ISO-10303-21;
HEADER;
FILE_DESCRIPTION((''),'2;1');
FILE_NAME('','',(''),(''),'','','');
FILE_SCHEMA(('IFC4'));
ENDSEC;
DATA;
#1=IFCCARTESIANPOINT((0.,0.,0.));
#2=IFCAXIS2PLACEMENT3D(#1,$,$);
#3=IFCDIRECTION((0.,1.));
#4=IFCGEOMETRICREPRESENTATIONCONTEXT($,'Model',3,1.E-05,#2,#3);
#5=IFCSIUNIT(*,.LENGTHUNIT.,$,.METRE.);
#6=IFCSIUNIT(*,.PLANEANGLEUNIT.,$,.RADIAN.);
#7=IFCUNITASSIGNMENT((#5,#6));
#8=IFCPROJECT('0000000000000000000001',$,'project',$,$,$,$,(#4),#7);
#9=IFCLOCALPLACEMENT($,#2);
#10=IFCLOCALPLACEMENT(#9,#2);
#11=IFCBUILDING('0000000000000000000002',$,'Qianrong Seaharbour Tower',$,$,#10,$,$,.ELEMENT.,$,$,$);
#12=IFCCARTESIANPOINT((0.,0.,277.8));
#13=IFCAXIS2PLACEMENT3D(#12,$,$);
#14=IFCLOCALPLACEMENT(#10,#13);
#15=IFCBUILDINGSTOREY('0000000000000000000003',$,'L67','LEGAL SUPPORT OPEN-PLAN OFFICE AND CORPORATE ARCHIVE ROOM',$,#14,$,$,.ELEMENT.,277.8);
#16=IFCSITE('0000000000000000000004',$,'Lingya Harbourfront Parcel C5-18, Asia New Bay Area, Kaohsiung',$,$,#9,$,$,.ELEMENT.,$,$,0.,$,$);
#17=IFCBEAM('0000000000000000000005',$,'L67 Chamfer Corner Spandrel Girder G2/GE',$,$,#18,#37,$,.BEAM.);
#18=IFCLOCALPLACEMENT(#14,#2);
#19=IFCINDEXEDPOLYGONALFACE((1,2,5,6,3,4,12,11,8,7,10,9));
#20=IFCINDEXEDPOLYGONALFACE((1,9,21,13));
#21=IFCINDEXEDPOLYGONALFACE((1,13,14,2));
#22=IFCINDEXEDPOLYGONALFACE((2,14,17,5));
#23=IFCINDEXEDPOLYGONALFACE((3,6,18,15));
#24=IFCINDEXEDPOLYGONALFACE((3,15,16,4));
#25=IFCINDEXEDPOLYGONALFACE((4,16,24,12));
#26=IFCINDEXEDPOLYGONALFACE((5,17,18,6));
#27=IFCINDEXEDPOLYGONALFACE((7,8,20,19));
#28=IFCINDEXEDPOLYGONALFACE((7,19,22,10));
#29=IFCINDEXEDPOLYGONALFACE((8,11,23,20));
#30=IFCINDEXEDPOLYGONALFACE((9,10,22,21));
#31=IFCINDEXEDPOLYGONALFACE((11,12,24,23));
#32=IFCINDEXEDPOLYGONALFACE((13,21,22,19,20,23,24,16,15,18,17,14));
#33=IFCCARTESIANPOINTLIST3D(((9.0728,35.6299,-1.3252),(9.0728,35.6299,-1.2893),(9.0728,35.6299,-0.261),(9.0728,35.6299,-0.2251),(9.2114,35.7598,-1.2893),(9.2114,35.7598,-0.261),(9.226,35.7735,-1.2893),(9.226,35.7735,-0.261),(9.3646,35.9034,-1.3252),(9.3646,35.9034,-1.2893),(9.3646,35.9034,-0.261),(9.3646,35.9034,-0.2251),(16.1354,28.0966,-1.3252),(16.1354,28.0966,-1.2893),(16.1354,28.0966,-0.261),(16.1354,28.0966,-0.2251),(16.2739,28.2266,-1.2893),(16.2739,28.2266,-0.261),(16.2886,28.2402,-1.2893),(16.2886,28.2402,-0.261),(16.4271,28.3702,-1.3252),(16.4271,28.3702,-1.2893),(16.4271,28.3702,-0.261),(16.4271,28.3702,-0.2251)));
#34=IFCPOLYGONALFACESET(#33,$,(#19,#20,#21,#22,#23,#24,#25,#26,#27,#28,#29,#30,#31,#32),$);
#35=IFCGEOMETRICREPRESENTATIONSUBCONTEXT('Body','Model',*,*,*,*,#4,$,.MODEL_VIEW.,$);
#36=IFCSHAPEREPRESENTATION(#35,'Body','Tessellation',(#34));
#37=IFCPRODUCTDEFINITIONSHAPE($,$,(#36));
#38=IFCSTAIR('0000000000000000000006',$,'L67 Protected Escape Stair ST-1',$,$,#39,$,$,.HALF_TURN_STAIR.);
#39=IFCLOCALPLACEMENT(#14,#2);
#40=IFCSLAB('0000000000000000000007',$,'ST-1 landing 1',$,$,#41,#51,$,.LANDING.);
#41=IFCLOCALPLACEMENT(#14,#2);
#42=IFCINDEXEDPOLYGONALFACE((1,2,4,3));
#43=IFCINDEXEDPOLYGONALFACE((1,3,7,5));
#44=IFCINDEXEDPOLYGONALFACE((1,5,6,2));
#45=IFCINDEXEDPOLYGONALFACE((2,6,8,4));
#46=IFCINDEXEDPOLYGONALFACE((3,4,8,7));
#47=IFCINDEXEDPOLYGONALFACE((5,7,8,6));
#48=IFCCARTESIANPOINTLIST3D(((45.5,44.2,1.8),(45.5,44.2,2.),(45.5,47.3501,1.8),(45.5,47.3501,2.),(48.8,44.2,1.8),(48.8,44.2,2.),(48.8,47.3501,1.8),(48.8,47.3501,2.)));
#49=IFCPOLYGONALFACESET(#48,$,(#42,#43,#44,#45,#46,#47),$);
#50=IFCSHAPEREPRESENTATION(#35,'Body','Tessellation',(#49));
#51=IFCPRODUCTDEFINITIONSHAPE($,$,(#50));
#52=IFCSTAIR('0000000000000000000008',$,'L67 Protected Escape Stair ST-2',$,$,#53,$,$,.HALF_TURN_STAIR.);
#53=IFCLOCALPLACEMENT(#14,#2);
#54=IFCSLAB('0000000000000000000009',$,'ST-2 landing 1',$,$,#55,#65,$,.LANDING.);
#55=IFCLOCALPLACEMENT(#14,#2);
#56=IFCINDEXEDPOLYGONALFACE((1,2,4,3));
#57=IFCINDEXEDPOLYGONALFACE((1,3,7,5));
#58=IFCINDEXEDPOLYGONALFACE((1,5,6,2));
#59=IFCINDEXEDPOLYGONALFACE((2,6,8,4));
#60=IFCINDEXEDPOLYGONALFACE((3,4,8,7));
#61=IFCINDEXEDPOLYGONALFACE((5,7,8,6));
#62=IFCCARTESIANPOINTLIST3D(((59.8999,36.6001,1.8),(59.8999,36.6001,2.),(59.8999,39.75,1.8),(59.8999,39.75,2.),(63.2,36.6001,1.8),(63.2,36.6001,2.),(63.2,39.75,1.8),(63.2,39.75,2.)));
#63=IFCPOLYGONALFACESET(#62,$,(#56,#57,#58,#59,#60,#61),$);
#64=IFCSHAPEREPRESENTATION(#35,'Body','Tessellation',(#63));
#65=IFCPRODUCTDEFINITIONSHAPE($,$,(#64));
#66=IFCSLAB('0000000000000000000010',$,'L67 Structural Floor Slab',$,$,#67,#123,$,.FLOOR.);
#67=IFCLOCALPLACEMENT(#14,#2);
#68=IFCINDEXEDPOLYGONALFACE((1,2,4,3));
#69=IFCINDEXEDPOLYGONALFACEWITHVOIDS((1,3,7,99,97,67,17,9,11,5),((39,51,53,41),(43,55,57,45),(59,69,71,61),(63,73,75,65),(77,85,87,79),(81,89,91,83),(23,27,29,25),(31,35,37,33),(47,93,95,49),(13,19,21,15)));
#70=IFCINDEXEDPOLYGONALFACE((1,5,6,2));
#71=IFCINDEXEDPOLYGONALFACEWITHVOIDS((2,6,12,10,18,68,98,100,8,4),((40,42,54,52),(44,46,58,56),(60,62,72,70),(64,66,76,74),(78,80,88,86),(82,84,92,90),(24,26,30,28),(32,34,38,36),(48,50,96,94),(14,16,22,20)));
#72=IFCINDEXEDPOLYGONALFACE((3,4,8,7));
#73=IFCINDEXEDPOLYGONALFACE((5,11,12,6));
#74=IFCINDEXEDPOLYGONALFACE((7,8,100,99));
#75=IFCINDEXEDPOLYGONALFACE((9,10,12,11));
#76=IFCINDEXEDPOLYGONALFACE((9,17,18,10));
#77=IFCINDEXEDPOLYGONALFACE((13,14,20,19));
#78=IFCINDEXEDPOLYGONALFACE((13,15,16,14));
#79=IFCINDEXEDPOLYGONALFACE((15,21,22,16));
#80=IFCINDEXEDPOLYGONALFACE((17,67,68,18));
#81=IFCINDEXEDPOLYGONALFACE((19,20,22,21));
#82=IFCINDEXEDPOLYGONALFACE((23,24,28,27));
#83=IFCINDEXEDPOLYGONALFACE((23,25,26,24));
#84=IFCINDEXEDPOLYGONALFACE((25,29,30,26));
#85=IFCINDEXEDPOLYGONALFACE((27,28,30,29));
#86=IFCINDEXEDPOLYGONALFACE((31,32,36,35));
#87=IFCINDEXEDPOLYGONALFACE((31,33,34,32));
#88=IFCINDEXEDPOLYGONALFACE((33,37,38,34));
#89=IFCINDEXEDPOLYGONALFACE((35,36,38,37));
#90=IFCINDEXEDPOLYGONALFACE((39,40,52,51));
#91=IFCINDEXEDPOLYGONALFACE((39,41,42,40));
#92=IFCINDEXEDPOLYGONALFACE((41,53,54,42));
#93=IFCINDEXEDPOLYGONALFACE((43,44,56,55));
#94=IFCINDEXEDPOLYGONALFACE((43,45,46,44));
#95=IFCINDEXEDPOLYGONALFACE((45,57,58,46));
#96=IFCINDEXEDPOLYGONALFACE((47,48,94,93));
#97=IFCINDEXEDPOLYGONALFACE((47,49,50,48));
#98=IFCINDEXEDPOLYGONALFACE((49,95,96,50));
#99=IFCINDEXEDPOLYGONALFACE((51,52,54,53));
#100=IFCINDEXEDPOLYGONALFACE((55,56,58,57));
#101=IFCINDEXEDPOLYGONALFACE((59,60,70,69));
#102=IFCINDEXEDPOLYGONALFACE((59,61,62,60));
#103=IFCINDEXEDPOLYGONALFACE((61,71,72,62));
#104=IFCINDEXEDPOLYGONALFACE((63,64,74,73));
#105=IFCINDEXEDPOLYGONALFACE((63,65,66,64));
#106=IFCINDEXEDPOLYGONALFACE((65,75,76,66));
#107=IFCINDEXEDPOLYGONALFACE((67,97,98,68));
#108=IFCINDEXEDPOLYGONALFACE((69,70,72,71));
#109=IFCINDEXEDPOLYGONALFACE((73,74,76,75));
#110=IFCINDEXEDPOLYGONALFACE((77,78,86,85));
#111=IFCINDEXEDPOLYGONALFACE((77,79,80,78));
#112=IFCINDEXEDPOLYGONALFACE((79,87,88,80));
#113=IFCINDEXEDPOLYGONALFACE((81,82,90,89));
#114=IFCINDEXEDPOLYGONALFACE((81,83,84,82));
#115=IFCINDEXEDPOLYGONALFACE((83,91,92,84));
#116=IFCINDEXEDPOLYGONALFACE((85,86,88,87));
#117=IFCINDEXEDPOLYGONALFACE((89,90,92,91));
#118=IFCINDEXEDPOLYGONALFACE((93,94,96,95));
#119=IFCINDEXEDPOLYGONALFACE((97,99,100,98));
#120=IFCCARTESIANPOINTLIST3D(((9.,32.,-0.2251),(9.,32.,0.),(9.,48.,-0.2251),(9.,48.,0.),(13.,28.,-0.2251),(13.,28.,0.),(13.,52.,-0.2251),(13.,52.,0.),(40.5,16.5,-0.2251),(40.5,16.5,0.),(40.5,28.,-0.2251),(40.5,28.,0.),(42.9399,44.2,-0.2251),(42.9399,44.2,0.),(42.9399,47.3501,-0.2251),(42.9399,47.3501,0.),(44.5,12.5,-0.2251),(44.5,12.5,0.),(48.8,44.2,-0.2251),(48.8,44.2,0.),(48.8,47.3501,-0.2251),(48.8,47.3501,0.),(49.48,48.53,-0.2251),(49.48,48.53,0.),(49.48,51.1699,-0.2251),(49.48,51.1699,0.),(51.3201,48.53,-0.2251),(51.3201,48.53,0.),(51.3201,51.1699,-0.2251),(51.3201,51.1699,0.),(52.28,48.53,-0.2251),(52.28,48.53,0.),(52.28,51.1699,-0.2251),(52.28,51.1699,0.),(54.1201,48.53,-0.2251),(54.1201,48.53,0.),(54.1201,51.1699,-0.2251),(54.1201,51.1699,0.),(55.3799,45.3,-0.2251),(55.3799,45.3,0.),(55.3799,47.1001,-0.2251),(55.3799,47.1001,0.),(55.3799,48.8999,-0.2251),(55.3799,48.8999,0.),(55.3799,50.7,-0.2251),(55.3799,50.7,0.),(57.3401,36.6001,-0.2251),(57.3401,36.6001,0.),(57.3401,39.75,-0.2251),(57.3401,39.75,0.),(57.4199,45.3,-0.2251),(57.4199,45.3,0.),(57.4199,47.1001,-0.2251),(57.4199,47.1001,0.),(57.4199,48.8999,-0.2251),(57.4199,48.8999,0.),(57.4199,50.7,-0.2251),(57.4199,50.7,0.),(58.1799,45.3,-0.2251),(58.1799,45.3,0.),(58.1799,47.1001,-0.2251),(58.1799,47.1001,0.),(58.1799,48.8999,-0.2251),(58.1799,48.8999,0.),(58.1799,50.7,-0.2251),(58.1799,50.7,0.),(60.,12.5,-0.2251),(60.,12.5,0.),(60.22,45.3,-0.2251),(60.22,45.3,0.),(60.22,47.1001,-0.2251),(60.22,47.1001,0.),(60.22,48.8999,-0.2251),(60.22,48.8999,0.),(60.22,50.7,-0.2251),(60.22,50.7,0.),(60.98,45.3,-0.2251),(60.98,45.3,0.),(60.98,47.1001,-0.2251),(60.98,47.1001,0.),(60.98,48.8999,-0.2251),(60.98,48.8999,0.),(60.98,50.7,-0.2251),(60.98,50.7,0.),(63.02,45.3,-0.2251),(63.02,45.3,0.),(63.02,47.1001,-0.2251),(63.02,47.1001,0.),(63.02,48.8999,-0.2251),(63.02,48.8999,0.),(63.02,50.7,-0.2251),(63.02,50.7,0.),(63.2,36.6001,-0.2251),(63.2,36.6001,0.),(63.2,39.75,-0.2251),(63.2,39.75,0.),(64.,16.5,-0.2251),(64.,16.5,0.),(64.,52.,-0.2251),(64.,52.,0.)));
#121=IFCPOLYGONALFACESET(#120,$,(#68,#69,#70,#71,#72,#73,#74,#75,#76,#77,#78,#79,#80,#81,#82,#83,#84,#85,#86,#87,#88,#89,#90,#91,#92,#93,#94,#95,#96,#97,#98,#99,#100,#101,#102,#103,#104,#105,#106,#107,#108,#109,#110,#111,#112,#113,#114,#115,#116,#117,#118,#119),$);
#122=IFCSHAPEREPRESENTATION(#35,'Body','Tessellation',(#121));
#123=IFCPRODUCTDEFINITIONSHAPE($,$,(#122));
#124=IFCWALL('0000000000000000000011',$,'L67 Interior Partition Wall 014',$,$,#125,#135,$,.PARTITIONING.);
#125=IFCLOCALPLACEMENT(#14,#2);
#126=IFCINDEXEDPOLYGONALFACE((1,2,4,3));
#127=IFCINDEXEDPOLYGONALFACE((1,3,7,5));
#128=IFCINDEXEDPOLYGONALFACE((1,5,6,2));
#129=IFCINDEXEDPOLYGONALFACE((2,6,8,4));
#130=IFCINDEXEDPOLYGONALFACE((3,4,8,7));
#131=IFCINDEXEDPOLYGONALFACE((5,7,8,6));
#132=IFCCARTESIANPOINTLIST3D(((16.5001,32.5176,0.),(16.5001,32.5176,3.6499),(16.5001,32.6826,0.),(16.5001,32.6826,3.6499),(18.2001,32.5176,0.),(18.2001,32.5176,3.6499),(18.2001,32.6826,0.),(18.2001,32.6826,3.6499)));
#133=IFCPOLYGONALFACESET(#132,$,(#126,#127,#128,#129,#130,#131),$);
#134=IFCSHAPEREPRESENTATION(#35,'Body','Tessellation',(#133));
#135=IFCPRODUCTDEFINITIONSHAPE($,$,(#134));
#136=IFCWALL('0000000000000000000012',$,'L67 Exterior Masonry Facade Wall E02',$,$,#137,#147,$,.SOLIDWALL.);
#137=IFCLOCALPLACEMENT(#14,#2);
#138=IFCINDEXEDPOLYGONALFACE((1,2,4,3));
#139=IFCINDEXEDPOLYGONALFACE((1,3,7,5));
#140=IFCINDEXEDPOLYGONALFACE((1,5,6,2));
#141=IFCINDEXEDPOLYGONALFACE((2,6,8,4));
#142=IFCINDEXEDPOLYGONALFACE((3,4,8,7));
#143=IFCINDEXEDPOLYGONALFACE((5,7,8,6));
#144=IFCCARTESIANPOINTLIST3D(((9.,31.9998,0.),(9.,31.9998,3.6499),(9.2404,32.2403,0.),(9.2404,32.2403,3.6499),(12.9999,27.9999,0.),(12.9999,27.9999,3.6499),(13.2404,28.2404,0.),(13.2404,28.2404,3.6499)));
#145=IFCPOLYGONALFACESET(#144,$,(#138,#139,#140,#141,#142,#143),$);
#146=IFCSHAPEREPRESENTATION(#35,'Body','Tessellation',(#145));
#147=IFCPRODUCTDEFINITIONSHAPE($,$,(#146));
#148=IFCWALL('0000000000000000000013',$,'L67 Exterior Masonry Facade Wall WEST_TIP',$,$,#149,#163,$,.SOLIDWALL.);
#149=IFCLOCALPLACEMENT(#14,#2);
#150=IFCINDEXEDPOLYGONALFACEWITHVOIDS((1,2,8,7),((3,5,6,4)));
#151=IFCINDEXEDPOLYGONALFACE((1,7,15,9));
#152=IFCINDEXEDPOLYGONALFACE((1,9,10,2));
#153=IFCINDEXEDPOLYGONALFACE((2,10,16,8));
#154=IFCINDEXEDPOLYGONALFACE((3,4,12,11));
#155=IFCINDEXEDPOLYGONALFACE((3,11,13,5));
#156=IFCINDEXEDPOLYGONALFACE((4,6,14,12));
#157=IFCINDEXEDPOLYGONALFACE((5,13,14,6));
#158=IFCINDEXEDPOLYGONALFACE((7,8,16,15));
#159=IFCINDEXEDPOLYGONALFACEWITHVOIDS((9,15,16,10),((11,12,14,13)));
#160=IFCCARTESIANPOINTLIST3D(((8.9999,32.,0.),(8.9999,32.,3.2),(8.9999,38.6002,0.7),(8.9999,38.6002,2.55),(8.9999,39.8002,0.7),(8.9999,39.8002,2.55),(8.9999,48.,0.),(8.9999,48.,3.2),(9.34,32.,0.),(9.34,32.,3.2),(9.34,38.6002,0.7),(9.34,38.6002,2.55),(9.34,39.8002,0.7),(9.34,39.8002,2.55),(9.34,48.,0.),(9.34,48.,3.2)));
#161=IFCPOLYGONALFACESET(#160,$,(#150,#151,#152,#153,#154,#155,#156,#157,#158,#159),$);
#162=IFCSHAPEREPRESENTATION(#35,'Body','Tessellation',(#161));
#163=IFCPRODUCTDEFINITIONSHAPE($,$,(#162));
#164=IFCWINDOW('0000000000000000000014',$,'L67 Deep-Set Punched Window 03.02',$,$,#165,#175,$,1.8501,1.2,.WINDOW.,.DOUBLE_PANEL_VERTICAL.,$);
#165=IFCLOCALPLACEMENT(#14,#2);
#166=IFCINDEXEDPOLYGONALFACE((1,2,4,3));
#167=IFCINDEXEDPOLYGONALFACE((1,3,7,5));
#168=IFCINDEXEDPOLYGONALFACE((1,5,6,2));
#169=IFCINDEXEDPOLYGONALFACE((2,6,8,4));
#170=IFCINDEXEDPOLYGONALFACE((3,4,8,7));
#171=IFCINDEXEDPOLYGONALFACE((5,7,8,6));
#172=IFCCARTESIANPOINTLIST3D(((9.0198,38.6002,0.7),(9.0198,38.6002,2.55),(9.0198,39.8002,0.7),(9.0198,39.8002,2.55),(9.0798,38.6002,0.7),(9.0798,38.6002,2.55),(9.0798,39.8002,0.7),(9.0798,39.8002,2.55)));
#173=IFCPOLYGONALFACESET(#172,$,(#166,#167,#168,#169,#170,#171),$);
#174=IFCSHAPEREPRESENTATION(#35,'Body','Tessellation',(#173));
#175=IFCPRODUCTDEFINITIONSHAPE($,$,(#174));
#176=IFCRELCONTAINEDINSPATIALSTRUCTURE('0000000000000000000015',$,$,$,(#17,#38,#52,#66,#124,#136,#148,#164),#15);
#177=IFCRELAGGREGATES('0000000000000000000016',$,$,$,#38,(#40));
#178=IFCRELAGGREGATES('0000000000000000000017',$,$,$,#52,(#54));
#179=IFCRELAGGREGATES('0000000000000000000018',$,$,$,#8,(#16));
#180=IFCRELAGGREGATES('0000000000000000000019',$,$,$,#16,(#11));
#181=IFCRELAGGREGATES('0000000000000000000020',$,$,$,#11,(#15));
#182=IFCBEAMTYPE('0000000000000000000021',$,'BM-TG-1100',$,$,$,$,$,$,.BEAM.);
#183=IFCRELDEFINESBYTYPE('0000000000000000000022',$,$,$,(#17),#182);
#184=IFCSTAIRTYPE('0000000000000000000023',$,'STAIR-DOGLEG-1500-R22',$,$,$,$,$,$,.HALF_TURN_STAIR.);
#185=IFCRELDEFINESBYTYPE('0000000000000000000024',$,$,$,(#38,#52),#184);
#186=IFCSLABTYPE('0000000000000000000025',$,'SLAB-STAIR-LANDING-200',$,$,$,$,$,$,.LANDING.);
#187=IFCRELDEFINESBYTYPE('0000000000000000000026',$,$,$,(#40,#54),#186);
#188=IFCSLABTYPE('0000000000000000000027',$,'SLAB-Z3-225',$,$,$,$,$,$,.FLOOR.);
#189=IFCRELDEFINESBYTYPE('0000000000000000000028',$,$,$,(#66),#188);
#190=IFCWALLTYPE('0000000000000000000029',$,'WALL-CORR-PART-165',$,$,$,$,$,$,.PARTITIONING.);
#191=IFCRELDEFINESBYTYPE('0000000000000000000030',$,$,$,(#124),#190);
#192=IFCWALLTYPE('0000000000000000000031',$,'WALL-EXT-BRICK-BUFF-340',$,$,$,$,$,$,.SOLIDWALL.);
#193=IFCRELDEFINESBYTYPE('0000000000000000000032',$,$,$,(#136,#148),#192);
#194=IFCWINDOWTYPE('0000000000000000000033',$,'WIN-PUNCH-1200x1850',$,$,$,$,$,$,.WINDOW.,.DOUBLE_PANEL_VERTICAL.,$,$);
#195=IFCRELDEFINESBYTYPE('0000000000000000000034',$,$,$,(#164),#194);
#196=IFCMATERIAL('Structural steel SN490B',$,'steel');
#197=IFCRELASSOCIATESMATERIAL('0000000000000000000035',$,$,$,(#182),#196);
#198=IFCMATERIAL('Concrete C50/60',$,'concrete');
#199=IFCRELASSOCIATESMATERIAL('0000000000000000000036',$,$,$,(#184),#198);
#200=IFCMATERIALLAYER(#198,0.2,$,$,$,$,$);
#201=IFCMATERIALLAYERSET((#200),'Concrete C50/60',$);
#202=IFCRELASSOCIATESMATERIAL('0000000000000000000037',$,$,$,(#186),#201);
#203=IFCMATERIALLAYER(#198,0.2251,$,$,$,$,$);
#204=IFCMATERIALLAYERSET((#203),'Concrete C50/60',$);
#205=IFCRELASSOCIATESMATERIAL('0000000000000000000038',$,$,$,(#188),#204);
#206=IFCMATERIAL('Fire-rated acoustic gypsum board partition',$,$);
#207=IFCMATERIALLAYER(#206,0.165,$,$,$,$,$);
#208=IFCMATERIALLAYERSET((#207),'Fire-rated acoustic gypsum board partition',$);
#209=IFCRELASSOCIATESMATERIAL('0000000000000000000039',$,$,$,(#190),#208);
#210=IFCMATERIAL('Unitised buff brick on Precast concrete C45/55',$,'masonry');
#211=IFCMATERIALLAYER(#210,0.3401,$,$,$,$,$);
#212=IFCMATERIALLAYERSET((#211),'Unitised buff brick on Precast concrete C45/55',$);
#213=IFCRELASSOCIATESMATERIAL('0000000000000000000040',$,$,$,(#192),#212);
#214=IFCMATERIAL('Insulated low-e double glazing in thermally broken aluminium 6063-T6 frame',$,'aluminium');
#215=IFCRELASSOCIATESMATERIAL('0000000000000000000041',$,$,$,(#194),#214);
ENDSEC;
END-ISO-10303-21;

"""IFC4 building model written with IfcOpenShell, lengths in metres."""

from ifc_helpers import new_model, si_unit, direction, frame, frame_2d, origin, origin_2d, place, context, subcontext, project, spatial, polyline, rectangle, i_section, outline, extrude, material, layer, layer_set, material_profile, profile_set, type_object, element, fill, aggregate, save


model = new_model("IFC4")

# Units and contexts
model_context = context("Model", 3, precision=1e-05, world=origin(), true_north=direction((0.0, 1.0)))
body_context = subcontext(model_context, "Body", "Model", "MODEL_VIEW")
ifc_project = project(units=[si_unit("LENGTHUNIT", "METRE"), si_unit("PLANEANGLEUNIT", "RADIAN")], contexts=[model_context])

# Site, building, storey
site_placement = place(None, origin())
site = spatial("IfcSite", under=ifc_project, at=site_placement, Name="Lingya Harbourfront Parcel C5-18, Asia New Bay Area, Kaohsiung", CompositionType="ELEMENT", RefElevation=0.0)
building_placement = place(site_placement, origin())
building = spatial("IfcBuilding", under=site, at=building_placement, Name="Qianrong Seaharbour Tower", CompositionType="ELEMENT")
storey_placement = place(building_placement, frame((0.0, 0.0, 277.8)))
storey = spatial("IfcBuildingStorey", under=building, at=storey_placement, Name="L67", Description="LEGAL SUPPORT OPEN-PLAN OFFICE AND CORPORATE ARCHIVE ROOM", CompositionType="ELEMENT", Elevation=277.8)

# Shared definitions
ifc_material_1 = material(Name="Structural steel SN490B", Category="steel")

# Beam
ifc_material_profile_1 = material_profile(ifc_material_1, i_section(OverallWidth=0.3999, OverallDepth=1.1001, WebThickness=0.02, FlangeThickness=0.0359, at=origin_2d()), Name="BH1100x400x20x36")
ifc_profile_set_1 = profile_set([ifc_material_profile_1], Name="Structural steel SN490B")
beam_type_1 = type_object("IfcBeamType", Name="BM-TG-1100", PredefinedType="BEAM", material=ifc_profile_set_1)
beam_1_placement = place(storey_placement, frame((16.2812, 28.2334, -0.7751), z_axis=(-0.683947, 0.729531, 0.0), x_axis=(-0.729531, -0.683947, 0.0)))
element("IfcBeam", 1, at=beam_1_placement, inside=storey, type_object=beam_type_1, Name="L67 Chamfer Corner Spandrel Girder G2/GE", PredefinedType="BEAM", context=body_context, shape_type="SweptSolid", body=[
    extrude(i_section(OverallWidth=0.3999, OverallDepth=1.1001, WebThickness=0.02, FlangeThickness=0.0359, at=origin_2d()), origin(), (0.0, 0.0, 1.0), 10.3262),
])

# Stairs, slabs
ifc_material_2 = material(Name="Concrete C50/60", Category="concrete")
stair_type = type_object("IfcStairType", Name="STAIR-DOGLEG-1500-R22", PredefinedType="HALF_TURN_STAIR", material=ifc_material_2)
stair_1_placement = place(storey_placement, origin())
stair_1 = element("IfcStair", 2, at=stair_1_placement, inside=storey, type_object=stair_type, Name="L67 Protected Escape Stair ST-1", PredefinedType="HALF_TURN_STAIR")
ifc_layer_1 = layer(ifc_material_2, 0.2)
ifc_layer_set_1 = layer_set([ifc_layer_1], Name="Concrete C50/60")
slab_type_1 = type_object("IfcSlabType", Name="SLAB-STAIR-LANDING-200", PredefinedType="LANDING", material=ifc_layer_set_1)
slab_1_placement = place(storey_placement, frame((0.0, 0.0, 1.8)))
slab_1 = element("IfcSlab", 3, at=slab_1_placement, type_object=slab_type_1, Name="ST-1 landing 1", PredefinedType="LANDING", context=body_context, shape_type="SweptSolid", body=[
    extrude(outline(polyline([(45.5, 44.2), (48.8, 44.2), (48.8, 47.3501), (45.5, 47.3501), (45.5, 44.2)])), origin(), (0.0, 0.0, 1.0), 0.2),
])
aggregate(stair_1, [slab_1])
stair_2_placement = place(storey_placement, origin())
stair_2 = element("IfcStair", 4, at=stair_2_placement, inside=storey, type_object=stair_type, Name="L67 Protected Escape Stair ST-2", PredefinedType="HALF_TURN_STAIR")
slab_2_placement = place(storey_placement, frame((0.0, 0.0, 1.8)))
slab_2 = element("IfcSlab", 5, at=slab_2_placement, type_object=slab_type_1, Name="ST-2 landing 1", PredefinedType="LANDING", context=body_context, shape_type="SweptSolid", body=[
    extrude(outline(polyline([(59.8999, 36.6001), (63.2, 36.6001), (63.2, 39.75), (59.8999, 39.75), (59.8999, 36.6001)])), origin(), (0.0, 0.0, 1.0), 0.2),
])
aggregate(stair_2, [slab_2])

# Slab
ifc_layer_2 = layer(ifc_material_2, 0.2251)
ifc_layer_set_2 = layer_set([ifc_layer_2], Name="Concrete C50/60")
slab_type_2 = type_object("IfcSlabType", Name="SLAB-Z3-225", PredefinedType="FLOOR", material=ifc_layer_set_2)
slab_3_placement = place(storey_placement, frame((0.0, 0.0, -0.2251)))
element("IfcSlab", 6, at=slab_3_placement, inside=storey, type_object=slab_type_2, Name="L67 Structural Floor Slab", PredefinedType="FLOOR", context=body_context, shape_type="SweptSolid", body=[
    extrude(outline(polyline([(44.5, 12.5), (60.0, 12.5), (64.0, 16.5), (64.0, 52.0), (13.0, 52.0), (9.0, 48.0), (9.0, 32.0), (13.0, 28.0), (40.5, 28.0), (40.5, 16.5), (44.5, 12.5)]), holes=[polyline([(42.9399, 44.2), (42.9399, 47.3501), (48.8, 47.3501), (48.8, 44.2), (42.9399, 44.2)]), polyline([(57.3401, 36.6001), (57.3401, 39.75), (63.2, 39.75), (63.2, 36.6001), (57.3401, 36.6001)]), polyline([(49.48, 48.53), (49.48, 51.1699), (51.3201, 51.1699), (51.3201, 48.53), (49.48, 48.53)]), polyline([(52.28, 48.53), (52.28, 51.1699), (54.1201, 51.1699), (54.1201, 48.53), (52.28, 48.53)]), polyline([(55.3799, 45.3), (55.3799, 47.1001), (57.4199, 47.1001), (57.4199, 45.3), (55.3799, 45.3)]), polyline([(58.1799, 45.3), (58.1799, 47.1001), (60.22, 47.1001), (60.22, 45.3), (58.1799, 45.3)]), polyline([(60.98, 45.3), (60.98, 47.1001), (63.02, 47.1001), (63.02, 45.3), (60.98, 45.3)]), polyline([(55.3799, 48.8999), (55.3799, 50.7), (57.4199, 50.7), (57.4199, 48.8999), (55.3799, 48.8999)]), polyline([(58.1799, 48.8999), (58.1799, 50.7), (60.22, 50.7), (60.22, 48.8999), (58.1799, 48.8999)]), polyline([(60.98, 48.8999), (60.98, 50.7), (63.02, 50.7), (63.02, 48.8999), (60.98, 48.8999)])]), origin(), (0.0, 0.0, 1.0), 0.2251),
])

# Shared definitions
ifc_material_3 = material(Name="Fire-rated acoustic gypsum board partition")
ifc_layer_3 = layer(ifc_material_3, 0.165)
ifc_layer_set_3 = layer_set([ifc_layer_3], Name="Fire-rated acoustic gypsum board partition")
wall_type_1 = type_object("IfcWallType", Name="WALL-CORR-PART-165", PredefinedType="PARTITIONING", material=ifc_layer_set_3)

# Walls
wall_1_placement = place(storey_placement, frame((16.5, 32.6001, 0.0), z_axis=(0.0, 0.0, 1.0), x_axis=(1.0, 0.0, 0.0)))
element("IfcWall", 7, at=wall_1_placement, inside=storey, type_object=wall_type_1, Name="L67 Interior Partition Wall 014", PredefinedType="PARTITIONING", context=body_context, shape_type="SweptSolid", body=[
    extrude(rectangle(XDim=1.7, YDim=0.165, at=frame_2d((0.8501, 0.0))), origin(), (0.0, 0.0, 1.0), 3.6499),
])
ifc_material_4 = material(Name="Unitised buff brick on Precast concrete C45/55", Category="masonry")
ifc_layer_4 = layer(ifc_material_4, 0.3401)
ifc_layer_set_4 = layer_set([ifc_layer_4], Name="Unitised buff brick on Precast concrete C45/55")
wall_type_2 = type_object("IfcWallType", Name="WALL-EXT-BRICK-BUFF-340", PredefinedType="SOLIDWALL", material=ifc_layer_set_4)
wall_2_placement = place(storey_placement, frame((13.1201, 28.1201, 0.0), z_axis=(0.0, 0.0, 1.0), x_axis=(-0.707107, 0.707107, 0.0)))
element("IfcWall", 8, at=wall_2_placement, inside=storey, type_object=wall_type_2, Name="L67 Exterior Masonry Facade Wall E02", PredefinedType="SOLIDWALL", context=body_context, shape_type="SweptSolid", body=[
    extrude(rectangle(XDim=5.6567, YDim=0.3401, at=frame_2d((2.8284, 0.0))), origin(), (0.0, 0.0, 1.0), 3.6499),
])

# Wall, opening, window
wall_3_placement = place(storey_placement, frame((9.1699, 32.0, 0.0), z_axis=(0.0, 0.0, 1.0), x_axis=(0.0, 1.0, 0.0)))
wall_3 = element("IfcWall", 9, at=wall_3_placement, inside=storey, type_object=wall_type_2, Name="L67 Exterior Masonry Facade Wall WEST_TIP", PredefinedType="SOLIDWALL", context=body_context, shape_type="SweptSolid", body=[
    extrude(rectangle(XDim=16.0, YDim=0.3401, at=frame_2d((8.0, 0.0))), origin(), (0.0, 0.0, 1.0), 3.2),
])
opening_1_placement = place(wall_3_placement, frame((6.6001, 0.0, 0.7)))
opening_1 = element("IfcOpeningElement", 10, at=opening_1_placement, cuts=wall_3, PredefinedType="OPENING", context=body_context, shape_type="SweptSolid", body=[
    extrude(rectangle(XDim=1.2, YDim=1.8501, at=frame_2d((0.6001, 0.925))), frame((0.0, 0.1802, 0.0), z_axis=(0.0, -1.0, 0.0), x_axis=(1.0, 0.0, 0.0)), (0.0, 0.0, 1.0), 0.3601),
])
ifc_material_5 = material(Name="Insulated low-e double glazing in thermally broken aluminium 6063-T6 frame", Category="aluminium")
window_type = type_object("IfcWindowType", Name="WIN-PUNCH-1200x1850", PartitioningType="DOUBLE_PANEL_VERTICAL", PredefinedType="WINDOW", material=ifc_material_5)
window_placement = place(opening_1_placement, origin())
window = element("IfcWindow", 11, at=window_placement, inside=storey, type_object=window_type, Name="L67 Deep-Set Punched Window 03.02", OverallHeight=1.8501, OverallWidth=1.2, PartitioningType="DOUBLE_PANEL_VERTICAL", PredefinedType="WINDOW", context=body_context, shape_type="SweptSolid", body=[
    extrude(rectangle(XDim=1.2, YDim=1.8501, at=frame_2d((0.6001, 0.925))), frame((0.0, 0.1501, 0.0), z_axis=(0.0, -1.0, 0.0), x_axis=(1.0, 0.0, 0.0)), (0.0, 0.0, 1.0), 0.0601),
])
fill(opening_1, window)

save(model, "model.ifc")
